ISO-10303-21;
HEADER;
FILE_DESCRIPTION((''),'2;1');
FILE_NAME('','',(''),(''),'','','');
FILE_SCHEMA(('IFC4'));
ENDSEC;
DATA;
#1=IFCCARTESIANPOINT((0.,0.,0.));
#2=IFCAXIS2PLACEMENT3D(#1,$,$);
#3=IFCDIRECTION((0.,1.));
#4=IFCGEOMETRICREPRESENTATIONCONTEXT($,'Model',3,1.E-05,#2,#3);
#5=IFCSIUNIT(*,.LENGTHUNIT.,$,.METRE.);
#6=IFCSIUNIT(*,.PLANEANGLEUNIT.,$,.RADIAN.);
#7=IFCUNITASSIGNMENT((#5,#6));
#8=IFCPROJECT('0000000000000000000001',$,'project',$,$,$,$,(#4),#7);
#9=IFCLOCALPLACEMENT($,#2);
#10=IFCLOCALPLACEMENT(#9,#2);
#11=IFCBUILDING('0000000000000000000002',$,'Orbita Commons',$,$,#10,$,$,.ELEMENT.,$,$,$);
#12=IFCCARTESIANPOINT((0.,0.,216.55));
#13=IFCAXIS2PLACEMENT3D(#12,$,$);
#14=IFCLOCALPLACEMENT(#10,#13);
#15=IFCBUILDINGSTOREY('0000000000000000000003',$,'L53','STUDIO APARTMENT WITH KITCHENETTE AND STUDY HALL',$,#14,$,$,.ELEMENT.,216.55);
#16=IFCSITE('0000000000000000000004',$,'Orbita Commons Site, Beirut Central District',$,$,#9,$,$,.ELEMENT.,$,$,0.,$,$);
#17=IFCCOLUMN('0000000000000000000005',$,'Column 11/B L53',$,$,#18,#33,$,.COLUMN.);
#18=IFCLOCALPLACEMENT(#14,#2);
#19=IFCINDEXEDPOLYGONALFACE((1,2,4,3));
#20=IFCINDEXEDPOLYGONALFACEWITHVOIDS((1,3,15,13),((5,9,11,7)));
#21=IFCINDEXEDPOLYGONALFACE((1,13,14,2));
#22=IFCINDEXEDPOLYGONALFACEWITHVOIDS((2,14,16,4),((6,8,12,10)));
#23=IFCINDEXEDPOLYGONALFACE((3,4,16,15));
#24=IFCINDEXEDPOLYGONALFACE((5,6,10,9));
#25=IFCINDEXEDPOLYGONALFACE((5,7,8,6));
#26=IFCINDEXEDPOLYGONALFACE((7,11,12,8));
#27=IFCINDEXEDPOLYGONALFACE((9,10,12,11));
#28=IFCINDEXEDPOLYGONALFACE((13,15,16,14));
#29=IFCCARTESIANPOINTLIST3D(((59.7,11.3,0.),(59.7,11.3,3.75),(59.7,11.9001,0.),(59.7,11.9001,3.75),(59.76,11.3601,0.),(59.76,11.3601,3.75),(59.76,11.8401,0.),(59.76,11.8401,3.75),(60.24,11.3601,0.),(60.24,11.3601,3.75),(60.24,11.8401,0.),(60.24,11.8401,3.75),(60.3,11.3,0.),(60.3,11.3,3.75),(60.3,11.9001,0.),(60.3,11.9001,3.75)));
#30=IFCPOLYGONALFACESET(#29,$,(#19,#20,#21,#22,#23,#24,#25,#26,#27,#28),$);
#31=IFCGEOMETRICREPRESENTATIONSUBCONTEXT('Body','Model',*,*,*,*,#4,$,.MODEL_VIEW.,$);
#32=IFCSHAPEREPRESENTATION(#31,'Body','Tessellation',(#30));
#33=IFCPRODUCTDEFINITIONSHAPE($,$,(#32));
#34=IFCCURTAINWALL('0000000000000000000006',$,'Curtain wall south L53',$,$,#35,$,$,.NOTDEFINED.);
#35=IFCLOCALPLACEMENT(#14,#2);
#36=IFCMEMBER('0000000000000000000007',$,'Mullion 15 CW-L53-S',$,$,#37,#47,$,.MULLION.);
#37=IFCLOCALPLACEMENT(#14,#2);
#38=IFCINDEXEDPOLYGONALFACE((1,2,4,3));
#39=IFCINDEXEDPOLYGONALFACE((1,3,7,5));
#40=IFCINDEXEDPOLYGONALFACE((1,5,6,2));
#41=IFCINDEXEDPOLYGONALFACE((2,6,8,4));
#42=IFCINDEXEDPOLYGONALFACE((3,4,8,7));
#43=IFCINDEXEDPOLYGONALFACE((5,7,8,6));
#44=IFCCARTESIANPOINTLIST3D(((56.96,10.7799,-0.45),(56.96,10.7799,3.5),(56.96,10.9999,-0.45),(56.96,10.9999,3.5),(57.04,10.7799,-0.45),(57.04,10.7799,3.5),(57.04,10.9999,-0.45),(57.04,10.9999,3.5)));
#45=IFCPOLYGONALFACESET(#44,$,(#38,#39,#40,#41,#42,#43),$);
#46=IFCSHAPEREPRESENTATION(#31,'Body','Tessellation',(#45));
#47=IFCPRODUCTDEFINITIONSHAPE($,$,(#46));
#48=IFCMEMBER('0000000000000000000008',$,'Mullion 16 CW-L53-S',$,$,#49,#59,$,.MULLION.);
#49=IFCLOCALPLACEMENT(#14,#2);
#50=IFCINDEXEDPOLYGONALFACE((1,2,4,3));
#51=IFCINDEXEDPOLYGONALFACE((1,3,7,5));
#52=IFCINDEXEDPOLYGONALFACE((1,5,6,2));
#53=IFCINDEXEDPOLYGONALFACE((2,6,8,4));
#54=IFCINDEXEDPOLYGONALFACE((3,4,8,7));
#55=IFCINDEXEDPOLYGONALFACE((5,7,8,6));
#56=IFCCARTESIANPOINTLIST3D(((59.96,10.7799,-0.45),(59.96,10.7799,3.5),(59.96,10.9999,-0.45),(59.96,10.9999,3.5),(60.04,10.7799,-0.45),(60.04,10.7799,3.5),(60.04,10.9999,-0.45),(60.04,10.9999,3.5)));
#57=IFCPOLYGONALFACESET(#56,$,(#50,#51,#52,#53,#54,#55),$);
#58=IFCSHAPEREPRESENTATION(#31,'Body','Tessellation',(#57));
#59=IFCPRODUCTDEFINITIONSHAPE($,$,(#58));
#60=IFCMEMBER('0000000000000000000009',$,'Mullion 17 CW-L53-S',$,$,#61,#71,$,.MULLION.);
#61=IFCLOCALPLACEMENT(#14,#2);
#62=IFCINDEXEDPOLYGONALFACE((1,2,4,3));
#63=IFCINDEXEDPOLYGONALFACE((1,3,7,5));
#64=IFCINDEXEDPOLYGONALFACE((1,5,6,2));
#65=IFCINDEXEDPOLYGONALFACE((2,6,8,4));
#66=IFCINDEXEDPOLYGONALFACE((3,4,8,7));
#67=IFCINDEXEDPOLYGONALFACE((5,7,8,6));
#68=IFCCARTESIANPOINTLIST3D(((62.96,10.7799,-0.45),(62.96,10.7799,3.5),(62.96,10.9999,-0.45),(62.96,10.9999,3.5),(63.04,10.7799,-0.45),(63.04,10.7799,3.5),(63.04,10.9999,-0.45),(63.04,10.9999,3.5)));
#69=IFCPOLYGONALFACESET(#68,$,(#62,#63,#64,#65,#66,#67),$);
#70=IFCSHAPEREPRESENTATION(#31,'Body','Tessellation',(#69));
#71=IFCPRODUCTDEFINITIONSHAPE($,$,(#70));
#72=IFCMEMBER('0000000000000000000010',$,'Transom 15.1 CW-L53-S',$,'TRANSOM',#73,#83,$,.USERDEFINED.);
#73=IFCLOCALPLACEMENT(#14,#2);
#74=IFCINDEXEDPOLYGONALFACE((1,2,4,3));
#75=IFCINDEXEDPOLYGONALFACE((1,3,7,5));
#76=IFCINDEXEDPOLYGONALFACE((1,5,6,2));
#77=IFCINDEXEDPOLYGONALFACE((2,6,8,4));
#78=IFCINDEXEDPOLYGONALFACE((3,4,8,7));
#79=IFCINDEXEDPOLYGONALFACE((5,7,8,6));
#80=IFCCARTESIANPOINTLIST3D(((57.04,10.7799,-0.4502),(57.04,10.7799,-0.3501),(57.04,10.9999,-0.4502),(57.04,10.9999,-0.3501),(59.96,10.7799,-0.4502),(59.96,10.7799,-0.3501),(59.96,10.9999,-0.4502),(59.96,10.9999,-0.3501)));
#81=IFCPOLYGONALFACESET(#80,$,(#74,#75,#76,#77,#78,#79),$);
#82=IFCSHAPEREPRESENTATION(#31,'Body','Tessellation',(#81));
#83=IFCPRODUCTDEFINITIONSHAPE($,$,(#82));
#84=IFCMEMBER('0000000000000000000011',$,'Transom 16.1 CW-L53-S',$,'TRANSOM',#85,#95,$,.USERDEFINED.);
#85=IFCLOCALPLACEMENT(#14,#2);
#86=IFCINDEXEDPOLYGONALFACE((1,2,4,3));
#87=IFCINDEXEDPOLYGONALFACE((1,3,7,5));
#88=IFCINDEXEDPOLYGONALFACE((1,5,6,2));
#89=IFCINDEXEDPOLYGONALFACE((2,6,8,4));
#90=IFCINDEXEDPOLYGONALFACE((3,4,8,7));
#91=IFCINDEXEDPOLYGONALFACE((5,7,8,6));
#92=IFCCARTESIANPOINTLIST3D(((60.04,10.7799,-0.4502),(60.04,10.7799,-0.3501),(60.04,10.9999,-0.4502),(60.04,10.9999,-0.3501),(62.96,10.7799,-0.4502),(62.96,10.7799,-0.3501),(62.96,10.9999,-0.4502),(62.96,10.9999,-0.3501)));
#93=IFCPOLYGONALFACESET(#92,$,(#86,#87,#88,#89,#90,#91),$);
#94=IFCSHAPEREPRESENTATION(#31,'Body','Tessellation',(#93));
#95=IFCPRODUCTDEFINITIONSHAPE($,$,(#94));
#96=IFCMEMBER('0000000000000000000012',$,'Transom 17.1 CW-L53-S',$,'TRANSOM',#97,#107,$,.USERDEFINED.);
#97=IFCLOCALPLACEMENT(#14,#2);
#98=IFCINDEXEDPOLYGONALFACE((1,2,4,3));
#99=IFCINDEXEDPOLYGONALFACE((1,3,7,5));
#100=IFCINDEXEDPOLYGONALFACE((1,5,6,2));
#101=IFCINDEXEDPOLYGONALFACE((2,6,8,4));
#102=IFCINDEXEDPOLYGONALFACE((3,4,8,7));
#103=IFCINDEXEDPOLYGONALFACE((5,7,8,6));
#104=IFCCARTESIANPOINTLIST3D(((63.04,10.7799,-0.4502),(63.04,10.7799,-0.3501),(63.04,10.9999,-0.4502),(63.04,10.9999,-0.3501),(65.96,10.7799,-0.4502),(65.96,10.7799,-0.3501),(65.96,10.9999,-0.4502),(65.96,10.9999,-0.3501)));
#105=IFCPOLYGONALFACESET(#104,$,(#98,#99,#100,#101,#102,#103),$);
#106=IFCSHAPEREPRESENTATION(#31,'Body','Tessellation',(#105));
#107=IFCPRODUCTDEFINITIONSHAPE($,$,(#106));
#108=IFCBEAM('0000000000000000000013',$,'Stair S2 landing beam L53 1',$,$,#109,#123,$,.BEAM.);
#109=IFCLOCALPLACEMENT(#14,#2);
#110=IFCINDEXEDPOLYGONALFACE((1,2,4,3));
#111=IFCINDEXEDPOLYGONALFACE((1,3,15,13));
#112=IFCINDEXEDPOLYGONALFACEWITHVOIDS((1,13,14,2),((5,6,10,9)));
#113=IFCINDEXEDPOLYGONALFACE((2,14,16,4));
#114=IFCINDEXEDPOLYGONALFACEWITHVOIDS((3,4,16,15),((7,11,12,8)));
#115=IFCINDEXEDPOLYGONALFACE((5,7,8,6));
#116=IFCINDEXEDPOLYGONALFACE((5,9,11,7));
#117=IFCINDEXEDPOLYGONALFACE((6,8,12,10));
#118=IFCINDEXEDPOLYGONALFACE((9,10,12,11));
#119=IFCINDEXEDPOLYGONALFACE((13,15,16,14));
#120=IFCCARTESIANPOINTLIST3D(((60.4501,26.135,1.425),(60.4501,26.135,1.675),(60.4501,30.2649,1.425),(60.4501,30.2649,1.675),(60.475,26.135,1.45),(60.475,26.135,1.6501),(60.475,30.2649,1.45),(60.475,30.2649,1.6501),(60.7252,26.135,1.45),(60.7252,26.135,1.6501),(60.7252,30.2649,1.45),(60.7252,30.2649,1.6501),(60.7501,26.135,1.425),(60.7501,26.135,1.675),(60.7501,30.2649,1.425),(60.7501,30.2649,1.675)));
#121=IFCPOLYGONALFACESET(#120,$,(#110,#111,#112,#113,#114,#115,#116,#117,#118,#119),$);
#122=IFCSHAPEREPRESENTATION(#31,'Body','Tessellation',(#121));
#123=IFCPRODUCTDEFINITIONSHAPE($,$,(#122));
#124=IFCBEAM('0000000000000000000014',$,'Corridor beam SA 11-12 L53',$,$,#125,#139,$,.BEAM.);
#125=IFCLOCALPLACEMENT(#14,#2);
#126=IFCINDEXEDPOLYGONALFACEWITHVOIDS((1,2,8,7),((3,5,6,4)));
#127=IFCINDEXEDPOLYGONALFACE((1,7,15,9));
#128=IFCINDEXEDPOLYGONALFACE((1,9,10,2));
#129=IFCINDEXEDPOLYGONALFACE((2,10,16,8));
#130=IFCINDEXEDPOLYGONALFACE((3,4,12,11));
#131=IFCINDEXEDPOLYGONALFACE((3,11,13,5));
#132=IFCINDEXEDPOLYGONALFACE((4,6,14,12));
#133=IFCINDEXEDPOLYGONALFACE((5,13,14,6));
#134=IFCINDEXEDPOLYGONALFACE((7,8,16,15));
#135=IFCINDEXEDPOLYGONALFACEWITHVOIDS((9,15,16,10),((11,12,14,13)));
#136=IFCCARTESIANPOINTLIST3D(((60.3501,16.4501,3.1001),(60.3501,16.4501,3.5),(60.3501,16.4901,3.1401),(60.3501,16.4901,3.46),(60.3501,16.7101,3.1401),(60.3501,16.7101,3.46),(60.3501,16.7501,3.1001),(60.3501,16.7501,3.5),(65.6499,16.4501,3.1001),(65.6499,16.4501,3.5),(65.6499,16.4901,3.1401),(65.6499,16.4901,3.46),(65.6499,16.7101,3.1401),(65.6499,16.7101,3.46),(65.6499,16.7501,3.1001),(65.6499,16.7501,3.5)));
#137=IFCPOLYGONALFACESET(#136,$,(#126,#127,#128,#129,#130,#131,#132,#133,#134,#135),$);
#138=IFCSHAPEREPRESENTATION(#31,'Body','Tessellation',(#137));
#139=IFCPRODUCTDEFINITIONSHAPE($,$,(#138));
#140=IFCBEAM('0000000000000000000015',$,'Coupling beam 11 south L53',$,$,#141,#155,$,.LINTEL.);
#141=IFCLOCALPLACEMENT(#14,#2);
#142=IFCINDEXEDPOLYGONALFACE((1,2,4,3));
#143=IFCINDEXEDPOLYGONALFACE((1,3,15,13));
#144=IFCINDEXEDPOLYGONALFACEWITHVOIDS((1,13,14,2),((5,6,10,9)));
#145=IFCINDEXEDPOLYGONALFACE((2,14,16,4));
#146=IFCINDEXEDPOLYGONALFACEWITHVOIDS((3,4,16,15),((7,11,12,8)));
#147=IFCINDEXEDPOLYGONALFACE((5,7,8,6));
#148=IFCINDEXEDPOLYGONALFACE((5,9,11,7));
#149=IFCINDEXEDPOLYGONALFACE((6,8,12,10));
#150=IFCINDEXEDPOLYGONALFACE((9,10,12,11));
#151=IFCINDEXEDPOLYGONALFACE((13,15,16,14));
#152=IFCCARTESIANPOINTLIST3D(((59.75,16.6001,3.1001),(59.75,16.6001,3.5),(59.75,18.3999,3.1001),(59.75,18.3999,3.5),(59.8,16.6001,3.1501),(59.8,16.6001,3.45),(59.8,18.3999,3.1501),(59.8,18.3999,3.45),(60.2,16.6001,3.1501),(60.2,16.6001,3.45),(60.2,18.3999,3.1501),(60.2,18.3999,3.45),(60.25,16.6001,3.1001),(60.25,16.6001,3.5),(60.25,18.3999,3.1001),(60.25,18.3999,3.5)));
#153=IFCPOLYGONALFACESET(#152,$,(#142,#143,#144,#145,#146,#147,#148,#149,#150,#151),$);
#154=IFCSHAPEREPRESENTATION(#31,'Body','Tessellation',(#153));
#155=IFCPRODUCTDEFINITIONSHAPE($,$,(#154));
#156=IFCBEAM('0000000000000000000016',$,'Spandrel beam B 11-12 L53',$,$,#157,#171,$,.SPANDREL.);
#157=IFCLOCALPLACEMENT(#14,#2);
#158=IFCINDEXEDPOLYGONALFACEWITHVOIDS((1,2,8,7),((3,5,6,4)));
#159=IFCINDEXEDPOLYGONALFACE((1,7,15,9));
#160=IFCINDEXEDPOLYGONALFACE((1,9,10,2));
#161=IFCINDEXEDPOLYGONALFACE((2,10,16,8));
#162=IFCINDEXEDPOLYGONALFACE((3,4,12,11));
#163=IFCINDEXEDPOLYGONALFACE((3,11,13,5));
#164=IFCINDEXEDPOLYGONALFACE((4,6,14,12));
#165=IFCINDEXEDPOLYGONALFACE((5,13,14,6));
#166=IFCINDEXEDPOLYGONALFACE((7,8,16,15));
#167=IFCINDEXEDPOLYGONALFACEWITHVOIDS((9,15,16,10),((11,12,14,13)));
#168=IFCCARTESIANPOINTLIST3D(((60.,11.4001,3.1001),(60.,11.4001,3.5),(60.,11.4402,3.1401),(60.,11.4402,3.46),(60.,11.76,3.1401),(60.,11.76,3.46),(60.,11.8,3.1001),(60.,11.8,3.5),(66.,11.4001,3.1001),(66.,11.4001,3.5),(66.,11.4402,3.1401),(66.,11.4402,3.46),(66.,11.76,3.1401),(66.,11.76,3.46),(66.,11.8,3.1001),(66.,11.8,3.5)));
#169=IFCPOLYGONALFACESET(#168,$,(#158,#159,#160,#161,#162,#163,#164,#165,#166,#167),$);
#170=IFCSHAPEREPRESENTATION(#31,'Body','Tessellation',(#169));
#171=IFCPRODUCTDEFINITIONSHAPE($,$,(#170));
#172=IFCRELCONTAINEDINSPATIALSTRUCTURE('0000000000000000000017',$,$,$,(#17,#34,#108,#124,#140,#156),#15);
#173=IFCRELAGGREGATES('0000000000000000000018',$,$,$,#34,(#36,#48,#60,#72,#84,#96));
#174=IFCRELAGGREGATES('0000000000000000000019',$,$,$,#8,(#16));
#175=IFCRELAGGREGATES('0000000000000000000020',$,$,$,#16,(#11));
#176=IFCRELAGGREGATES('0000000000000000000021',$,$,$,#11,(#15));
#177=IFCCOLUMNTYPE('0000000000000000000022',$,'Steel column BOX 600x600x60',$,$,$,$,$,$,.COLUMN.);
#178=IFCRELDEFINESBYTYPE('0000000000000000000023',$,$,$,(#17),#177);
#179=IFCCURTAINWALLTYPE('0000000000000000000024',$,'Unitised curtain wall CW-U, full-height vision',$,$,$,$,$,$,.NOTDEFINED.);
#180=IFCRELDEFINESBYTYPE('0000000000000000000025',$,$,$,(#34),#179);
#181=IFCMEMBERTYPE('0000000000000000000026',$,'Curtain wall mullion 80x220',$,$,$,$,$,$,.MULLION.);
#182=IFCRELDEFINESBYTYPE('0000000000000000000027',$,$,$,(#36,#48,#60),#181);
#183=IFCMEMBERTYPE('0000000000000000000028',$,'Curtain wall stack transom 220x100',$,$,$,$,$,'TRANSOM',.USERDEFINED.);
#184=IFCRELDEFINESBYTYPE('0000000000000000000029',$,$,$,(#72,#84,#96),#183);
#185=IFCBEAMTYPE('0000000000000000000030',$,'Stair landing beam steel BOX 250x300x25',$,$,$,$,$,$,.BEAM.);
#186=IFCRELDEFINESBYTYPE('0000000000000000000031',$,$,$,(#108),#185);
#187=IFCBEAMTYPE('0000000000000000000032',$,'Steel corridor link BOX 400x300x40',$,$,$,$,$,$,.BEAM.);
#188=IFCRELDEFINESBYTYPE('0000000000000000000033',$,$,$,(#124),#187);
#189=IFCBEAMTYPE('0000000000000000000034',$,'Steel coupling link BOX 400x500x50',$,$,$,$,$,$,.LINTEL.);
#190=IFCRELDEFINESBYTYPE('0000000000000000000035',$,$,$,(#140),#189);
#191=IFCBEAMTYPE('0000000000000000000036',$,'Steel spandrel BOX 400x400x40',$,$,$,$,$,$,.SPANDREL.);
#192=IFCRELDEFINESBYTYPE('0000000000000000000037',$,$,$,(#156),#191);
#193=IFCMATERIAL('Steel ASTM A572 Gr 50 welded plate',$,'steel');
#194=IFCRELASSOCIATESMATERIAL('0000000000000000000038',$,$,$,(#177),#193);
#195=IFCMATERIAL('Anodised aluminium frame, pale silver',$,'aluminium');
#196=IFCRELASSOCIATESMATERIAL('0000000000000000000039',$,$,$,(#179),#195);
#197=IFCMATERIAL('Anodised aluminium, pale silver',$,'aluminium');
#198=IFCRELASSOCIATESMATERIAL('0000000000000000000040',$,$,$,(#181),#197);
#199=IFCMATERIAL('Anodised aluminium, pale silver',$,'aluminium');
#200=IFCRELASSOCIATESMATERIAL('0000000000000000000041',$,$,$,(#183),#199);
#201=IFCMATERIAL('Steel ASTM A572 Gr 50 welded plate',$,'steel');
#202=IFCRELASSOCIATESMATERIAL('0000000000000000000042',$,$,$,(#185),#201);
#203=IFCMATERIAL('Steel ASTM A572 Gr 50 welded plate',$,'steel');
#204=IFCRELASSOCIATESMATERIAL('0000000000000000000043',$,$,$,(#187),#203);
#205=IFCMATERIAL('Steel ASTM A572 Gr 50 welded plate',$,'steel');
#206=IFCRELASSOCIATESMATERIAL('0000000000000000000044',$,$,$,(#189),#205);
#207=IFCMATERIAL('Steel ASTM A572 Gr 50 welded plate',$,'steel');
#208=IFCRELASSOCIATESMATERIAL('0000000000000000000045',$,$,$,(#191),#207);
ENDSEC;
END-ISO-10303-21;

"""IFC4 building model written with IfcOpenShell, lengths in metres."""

from ifc_helpers import new_model, si_unit, direction, frame, origin, origin_2d, place, context, subcontext, project, spatial, rectangle, hollow_rectangle, extrude, material, material_profile, profile_set, type_object, element, aggregate, save


model = new_model("IFC4")

# Units and contexts
model_context = context("Model", 3, precision=1e-05, world=origin(), true_north=direction((0.0, 1.0)))
body_context = subcontext(model_context, "Body", "Model", "MODEL_VIEW")
ifc_project = project(units=[si_unit("LENGTHUNIT", "METRE"), si_unit("PLANEANGLEUNIT", "RADIAN")], contexts=[model_context])

# Site, building, storey
site_placement = place(None, origin())
site = spatial("IfcSite", under=ifc_project, at=site_placement, Name="Orbita Commons Site, Beirut Central District", CompositionType="ELEMENT", RefElevation=0.0)
building_placement = place(site_placement, origin())
building = spatial("IfcBuilding", under=site, at=building_placement, Name="Orbita Commons", CompositionType="ELEMENT")
storey_placement = place(building_placement, frame((0.0, 0.0, 216.55)))
storey = spatial("IfcBuildingStorey", under=building, at=storey_placement, Name="L53", Description="STUDIO APARTMENT WITH KITCHENETTE AND STUDY HALL", CompositionType="ELEMENT", Elevation=216.55)

# Column
ifc_material_1 = material(Name="Steel ASTM A572 Gr 50 welded plate", Category="steel")
ifc_material_profile_1 = material_profile(ifc_material_1, hollow_rectangle(XDim=0.6001, YDim=0.6001, WallThickness=0.0601, at=origin_2d()), Name="BOX 600x600x60")
ifc_profile_set_1 = profile_set([ifc_material_profile_1], Name="Steel ASTM A572 Gr 50 welded plate")
column_type = type_object("IfcColumnType", Name="Steel column BOX 600x600x60", PredefinedType="COLUMN", material=ifc_profile_set_1)
column_placement = place(storey_placement, frame((60.0, 11.6001, 0.0), z_axis=(0.0, 0.0, 1.0), x_axis=(1.0, 0.0, 0.0)))
element("IfcColumn", 1, at=column_placement, inside=storey, type_object=column_type, Name="Column 11/B L53", PredefinedType="COLUMN", context=body_context, shape_type="SweptSolid", body=[
    extrude(hollow_rectangle(XDim=0.6001, YDim=0.6001, WallThickness=0.0601, at=origin_2d()), origin(), (0.0, 0.0, 1.0), 3.75),
])

# Curtain wall, members
ifc_material_2 = material(Name="Anodised aluminium frame, pale silver", Category="aluminium")
curtain_wall_type = type_object("IfcCurtainWallType", Name="Unitised curtain wall CW-U, full-height vision", PredefinedType="NOTDEFINED", material=ifc_material_2)
curtain_wall_placement = place(storey_placement, origin())
curtain_wall = element("IfcCurtainWall", 2, at=curtain_wall_placement, inside=storey, type_object=curtain_wall_type, Name="Curtain wall south L53", PredefinedType="NOTDEFINED")
ifc_material_3 = material(Name="Anodised aluminium, pale silver", Category="aluminium")
ifc_material_profile_2 = material_profile(ifc_material_3, rectangle(XDim=0.0801, YDim=0.22, at=origin_2d()), Name="AL 80x220")
ifc_profile_set_2 = profile_set([ifc_material_profile_2], Name="Anodised aluminium, pale silver")
member_type_1 = type_object("IfcMemberType", Name="Curtain wall mullion 80x220", PredefinedType="MULLION", material=ifc_profile_set_2)
member_1_placement = place(storey_placement, frame((57.0, 10.8899, -0.45), z_axis=(0.0, 0.0, 1.0), x_axis=(1.0, 0.0, 0.0)))
member_1 = element("IfcMember", 3, at=member_1_placement, type_object=member_type_1, Name="Mullion 15 CW-L53-S", PredefinedType="MULLION", context=body_context, shape_type="SweptSolid", body=[
    extrude(rectangle(XDim=0.0801, YDim=0.22, at=origin_2d()), origin(), (0.0, 0.0, 1.0), 3.95),
])
member_2_placement = place(storey_placement, frame((60.0, 10.8899, -0.45), z_axis=(0.0, 0.0, 1.0), x_axis=(1.0, 0.0, 0.0)))
member_2 = element("IfcMember", 4, at=member_2_placement, type_object=member_type_1, Name="Mullion 16 CW-L53-S", PredefinedType="MULLION", context=body_context, shape_type="SweptSolid", body=[
    extrude(rectangle(XDim=0.0801, YDim=0.22, at=origin_2d()), origin(), (0.0, 0.0, 1.0), 3.95),
])
member_3_placement = place(storey_placement, frame((63.0, 10.8899, -0.45), z_axis=(0.0, 0.0, 1.0), x_axis=(1.0, 0.0, 0.0)))
member_3 = element("IfcMember", 5, at=member_3_placement, type_object=member_type_1, Name="Mullion 17 CW-L53-S", PredefinedType="MULLION", context=body_context, shape_type="SweptSolid", body=[
    extrude(rectangle(XDim=0.0801, YDim=0.22, at=origin_2d()), origin(), (0.0, 0.0, 1.0), 3.95),
])
ifc_material_4 = material(Name="Anodised aluminium, pale silver", Category="aluminium")
ifc_material_profile_3 = material_profile(ifc_material_4, rectangle(XDim=0.22, YDim=0.1001, at=origin_2d()), Name="AL 220x100")
ifc_profile_set_3 = profile_set([ifc_material_profile_3], Name="Anodised aluminium, pale silver")
member_type_2 = type_object("IfcMemberType", Name="Curtain wall stack transom 220x100", ElementType="TRANSOM", PredefinedType="USERDEFINED", material=ifc_profile_set_3)
member_4_placement = place(storey_placement, frame((57.04, 10.8899, -0.4001), z_axis=(1.0, 0.0, 0.0), x_axis=(0.0, 1.0, 0.0)))
member_4 = element("IfcMember", 6, at=member_4_placement, type_object=member_type_2, Name="Transom 15.1 CW-L53-S", ObjectType="TRANSOM", PredefinedType="USERDEFINED", context=body_context, shape_type="SweptSolid", body=[
    extrude(rectangle(XDim=0.22, YDim=0.1001, at=origin_2d()), origin(), (0.0, 0.0, 1.0), 2.9199),
])
member_5_placement = place(storey_placement, frame((60.04, 10.8899, -0.4001), z_axis=(1.0, 0.0, 0.0), x_axis=(0.0, 1.0, 0.0)))
member_5 = element("IfcMember", 7, at=member_5_placement, type_object=member_type_2, Name="Transom 16.1 CW-L53-S", ObjectType="TRANSOM", PredefinedType="USERDEFINED", context=body_context, shape_type="SweptSolid", body=[
    extrude(rectangle(XDim=0.22, YDim=0.1001, at=origin_2d()), origin(), (0.0, 0.0, 1.0), 2.9199),
])
member_6_placement = place(storey_placement, frame((63.04, 10.8899, -0.4001), z_axis=(1.0, 0.0, 0.0), x_axis=(0.0, 1.0, 0.0)))
member_6 = element("IfcMember", 8, at=member_6_placement, type_object=member_type_2, Name="Transom 17.1 CW-L53-S", ObjectType="TRANSOM", PredefinedType="USERDEFINED", context=body_context, shape_type="SweptSolid", body=[
    extrude(rectangle(XDim=0.22, YDim=0.1001, at=origin_2d()), origin(), (0.0, 0.0, 1.0), 2.9199),
])

# Beams
ifc_material_5 = material(Name="Steel ASTM A572 Gr 50 welded plate", Category="steel")
ifc_material_profile_4 = material_profile(ifc_material_5, hollow_rectangle(XDim=0.3, YDim=0.25, WallThickness=0.0249, at=origin_2d()), Name="BOX 250x300x25")
ifc_profile_set_4 = profile_set([ifc_material_profile_4], Name="Steel ASTM A572 Gr 50 welded plate")
beam_type_1 = type_object("IfcBeamType", Name="Stair landing beam steel BOX 250x300x25", PredefinedType="BEAM", material=ifc_profile_set_4)
beam_1_placement = place(storey_placement, frame((60.6001, 26.135, 1.55), z_axis=(0.0, 1.0, 0.0), x_axis=(-1.0, 0.0, 0.0)))
element("IfcBeam", 9, at=beam_1_placement, inside=storey, type_object=beam_type_1, Name="Stair S2 landing beam L53 1", PredefinedType="BEAM", context=body_context, shape_type="SweptSolid", body=[
    extrude(hollow_rectangle(XDim=0.3, YDim=0.25, WallThickness=0.0249, at=origin_2d()), origin(), (0.0, 0.0, 1.0), 4.1299),
])
ifc_material_6 = material(Name="Steel ASTM A572 Gr 50 welded plate", Category="steel")
ifc_material_profile_5 = material_profile(ifc_material_6, hollow_rectangle(XDim=0.3, YDim=0.3999, WallThickness=0.04, at=origin_2d()), Name="BOX 400x300x40")
ifc_profile_set_5 = profile_set([ifc_material_profile_5], Name="Steel ASTM A572 Gr 50 welded plate")
beam_type_2 = type_object("IfcBeamType", Name="Steel corridor link BOX 400x300x40", PredefinedType="BEAM", material=ifc_profile_set_5)
beam_2_placement = place(storey_placement, frame((60.3501, 16.6001, 3.3), z_axis=(1.0, 0.0, 0.0), x_axis=(0.0, 1.0, 0.0)))
element("IfcBeam", 10, at=beam_2_placement, inside=storey, type_object=beam_type_2, Name="Corridor beam SA 11-12 L53", PredefinedType="BEAM", context=body_context, shape_type="SweptSolid", body=[
    extrude(hollow_rectangle(XDim=0.3, YDim=0.3999, WallThickness=0.04, at=origin_2d()), origin(), (0.0, 0.0, 1.0), 5.2998),
])
ifc_material_7 = material(Name="Steel ASTM A572 Gr 50 welded plate", Category="steel")
ifc_material_profile_6 = material_profile(ifc_material_7, hollow_rectangle(XDim=0.5, YDim=0.3999, WallThickness=0.05, at=origin_2d()), Name="BOX 400x500x50")
ifc_profile_set_6 = profile_set([ifc_material_profile_6], Name="Steel ASTM A572 Gr 50 welded plate")
beam_type_3 = type_object("IfcBeamType", Name="Steel coupling link BOX 400x500x50", PredefinedType="LINTEL", material=ifc_profile_set_6)
beam_3_placement = place(storey_placement, frame((60.0, 16.6001, 3.3), z_axis=(0.0, 1.0, 0.0), x_axis=(-1.0, 0.0, 0.0)))
element("IfcBeam", 11, at=beam_3_placement, inside=storey, type_object=beam_type_3, Name="Coupling beam 11 south L53", PredefinedType="LINTEL", context=body_context, shape_type="SweptSolid", body=[
    extrude(hollow_rectangle(XDim=0.5, YDim=0.3999, WallThickness=0.05, at=origin_2d()), origin(), (0.0, 0.0, 1.0), 1.7998),
])
ifc_material_8 = material(Name="Steel ASTM A572 Gr 50 welded plate", Category="steel")
ifc_material_profile_7 = material_profile(ifc_material_8, hollow_rectangle(XDim=0.3999, YDim=0.3999, WallThickness=0.04, at=origin_2d()), Name="BOX 400x400x40")
ifc_profile_set_7 = profile_set([ifc_material_profile_7], Name="Steel ASTM A572 Gr 50 welded plate")
beam_type_4 = type_object("IfcBeamType", Name="Steel spandrel BOX 400x400x40", PredefinedType="SPANDREL", material=ifc_profile_set_7)
beam_4_placement = place(storey_placement, frame((60.0, 11.6001, 3.3), z_axis=(1.0, 0.0, 0.0), x_axis=(0.0, 1.0, 0.0)))
element("IfcBeam", 12, at=beam_4_placement, inside=storey, type_object=beam_type_4, Name="Spandrel beam B 11-12 L53", PredefinedType="SPANDREL", context=body_context, shape_type="SweptSolid", body=[
    extrude(hollow_rectangle(XDim=0.3999, YDim=0.3999, WallThickness=0.04, at=origin_2d()), origin(), (0.0, 0.0, 1.0), 6.0),
])

aggregate(curtain_wall, [member_1, member_2, member_3, member_4, member_5, member_6])

save(model, "model.ifc")
